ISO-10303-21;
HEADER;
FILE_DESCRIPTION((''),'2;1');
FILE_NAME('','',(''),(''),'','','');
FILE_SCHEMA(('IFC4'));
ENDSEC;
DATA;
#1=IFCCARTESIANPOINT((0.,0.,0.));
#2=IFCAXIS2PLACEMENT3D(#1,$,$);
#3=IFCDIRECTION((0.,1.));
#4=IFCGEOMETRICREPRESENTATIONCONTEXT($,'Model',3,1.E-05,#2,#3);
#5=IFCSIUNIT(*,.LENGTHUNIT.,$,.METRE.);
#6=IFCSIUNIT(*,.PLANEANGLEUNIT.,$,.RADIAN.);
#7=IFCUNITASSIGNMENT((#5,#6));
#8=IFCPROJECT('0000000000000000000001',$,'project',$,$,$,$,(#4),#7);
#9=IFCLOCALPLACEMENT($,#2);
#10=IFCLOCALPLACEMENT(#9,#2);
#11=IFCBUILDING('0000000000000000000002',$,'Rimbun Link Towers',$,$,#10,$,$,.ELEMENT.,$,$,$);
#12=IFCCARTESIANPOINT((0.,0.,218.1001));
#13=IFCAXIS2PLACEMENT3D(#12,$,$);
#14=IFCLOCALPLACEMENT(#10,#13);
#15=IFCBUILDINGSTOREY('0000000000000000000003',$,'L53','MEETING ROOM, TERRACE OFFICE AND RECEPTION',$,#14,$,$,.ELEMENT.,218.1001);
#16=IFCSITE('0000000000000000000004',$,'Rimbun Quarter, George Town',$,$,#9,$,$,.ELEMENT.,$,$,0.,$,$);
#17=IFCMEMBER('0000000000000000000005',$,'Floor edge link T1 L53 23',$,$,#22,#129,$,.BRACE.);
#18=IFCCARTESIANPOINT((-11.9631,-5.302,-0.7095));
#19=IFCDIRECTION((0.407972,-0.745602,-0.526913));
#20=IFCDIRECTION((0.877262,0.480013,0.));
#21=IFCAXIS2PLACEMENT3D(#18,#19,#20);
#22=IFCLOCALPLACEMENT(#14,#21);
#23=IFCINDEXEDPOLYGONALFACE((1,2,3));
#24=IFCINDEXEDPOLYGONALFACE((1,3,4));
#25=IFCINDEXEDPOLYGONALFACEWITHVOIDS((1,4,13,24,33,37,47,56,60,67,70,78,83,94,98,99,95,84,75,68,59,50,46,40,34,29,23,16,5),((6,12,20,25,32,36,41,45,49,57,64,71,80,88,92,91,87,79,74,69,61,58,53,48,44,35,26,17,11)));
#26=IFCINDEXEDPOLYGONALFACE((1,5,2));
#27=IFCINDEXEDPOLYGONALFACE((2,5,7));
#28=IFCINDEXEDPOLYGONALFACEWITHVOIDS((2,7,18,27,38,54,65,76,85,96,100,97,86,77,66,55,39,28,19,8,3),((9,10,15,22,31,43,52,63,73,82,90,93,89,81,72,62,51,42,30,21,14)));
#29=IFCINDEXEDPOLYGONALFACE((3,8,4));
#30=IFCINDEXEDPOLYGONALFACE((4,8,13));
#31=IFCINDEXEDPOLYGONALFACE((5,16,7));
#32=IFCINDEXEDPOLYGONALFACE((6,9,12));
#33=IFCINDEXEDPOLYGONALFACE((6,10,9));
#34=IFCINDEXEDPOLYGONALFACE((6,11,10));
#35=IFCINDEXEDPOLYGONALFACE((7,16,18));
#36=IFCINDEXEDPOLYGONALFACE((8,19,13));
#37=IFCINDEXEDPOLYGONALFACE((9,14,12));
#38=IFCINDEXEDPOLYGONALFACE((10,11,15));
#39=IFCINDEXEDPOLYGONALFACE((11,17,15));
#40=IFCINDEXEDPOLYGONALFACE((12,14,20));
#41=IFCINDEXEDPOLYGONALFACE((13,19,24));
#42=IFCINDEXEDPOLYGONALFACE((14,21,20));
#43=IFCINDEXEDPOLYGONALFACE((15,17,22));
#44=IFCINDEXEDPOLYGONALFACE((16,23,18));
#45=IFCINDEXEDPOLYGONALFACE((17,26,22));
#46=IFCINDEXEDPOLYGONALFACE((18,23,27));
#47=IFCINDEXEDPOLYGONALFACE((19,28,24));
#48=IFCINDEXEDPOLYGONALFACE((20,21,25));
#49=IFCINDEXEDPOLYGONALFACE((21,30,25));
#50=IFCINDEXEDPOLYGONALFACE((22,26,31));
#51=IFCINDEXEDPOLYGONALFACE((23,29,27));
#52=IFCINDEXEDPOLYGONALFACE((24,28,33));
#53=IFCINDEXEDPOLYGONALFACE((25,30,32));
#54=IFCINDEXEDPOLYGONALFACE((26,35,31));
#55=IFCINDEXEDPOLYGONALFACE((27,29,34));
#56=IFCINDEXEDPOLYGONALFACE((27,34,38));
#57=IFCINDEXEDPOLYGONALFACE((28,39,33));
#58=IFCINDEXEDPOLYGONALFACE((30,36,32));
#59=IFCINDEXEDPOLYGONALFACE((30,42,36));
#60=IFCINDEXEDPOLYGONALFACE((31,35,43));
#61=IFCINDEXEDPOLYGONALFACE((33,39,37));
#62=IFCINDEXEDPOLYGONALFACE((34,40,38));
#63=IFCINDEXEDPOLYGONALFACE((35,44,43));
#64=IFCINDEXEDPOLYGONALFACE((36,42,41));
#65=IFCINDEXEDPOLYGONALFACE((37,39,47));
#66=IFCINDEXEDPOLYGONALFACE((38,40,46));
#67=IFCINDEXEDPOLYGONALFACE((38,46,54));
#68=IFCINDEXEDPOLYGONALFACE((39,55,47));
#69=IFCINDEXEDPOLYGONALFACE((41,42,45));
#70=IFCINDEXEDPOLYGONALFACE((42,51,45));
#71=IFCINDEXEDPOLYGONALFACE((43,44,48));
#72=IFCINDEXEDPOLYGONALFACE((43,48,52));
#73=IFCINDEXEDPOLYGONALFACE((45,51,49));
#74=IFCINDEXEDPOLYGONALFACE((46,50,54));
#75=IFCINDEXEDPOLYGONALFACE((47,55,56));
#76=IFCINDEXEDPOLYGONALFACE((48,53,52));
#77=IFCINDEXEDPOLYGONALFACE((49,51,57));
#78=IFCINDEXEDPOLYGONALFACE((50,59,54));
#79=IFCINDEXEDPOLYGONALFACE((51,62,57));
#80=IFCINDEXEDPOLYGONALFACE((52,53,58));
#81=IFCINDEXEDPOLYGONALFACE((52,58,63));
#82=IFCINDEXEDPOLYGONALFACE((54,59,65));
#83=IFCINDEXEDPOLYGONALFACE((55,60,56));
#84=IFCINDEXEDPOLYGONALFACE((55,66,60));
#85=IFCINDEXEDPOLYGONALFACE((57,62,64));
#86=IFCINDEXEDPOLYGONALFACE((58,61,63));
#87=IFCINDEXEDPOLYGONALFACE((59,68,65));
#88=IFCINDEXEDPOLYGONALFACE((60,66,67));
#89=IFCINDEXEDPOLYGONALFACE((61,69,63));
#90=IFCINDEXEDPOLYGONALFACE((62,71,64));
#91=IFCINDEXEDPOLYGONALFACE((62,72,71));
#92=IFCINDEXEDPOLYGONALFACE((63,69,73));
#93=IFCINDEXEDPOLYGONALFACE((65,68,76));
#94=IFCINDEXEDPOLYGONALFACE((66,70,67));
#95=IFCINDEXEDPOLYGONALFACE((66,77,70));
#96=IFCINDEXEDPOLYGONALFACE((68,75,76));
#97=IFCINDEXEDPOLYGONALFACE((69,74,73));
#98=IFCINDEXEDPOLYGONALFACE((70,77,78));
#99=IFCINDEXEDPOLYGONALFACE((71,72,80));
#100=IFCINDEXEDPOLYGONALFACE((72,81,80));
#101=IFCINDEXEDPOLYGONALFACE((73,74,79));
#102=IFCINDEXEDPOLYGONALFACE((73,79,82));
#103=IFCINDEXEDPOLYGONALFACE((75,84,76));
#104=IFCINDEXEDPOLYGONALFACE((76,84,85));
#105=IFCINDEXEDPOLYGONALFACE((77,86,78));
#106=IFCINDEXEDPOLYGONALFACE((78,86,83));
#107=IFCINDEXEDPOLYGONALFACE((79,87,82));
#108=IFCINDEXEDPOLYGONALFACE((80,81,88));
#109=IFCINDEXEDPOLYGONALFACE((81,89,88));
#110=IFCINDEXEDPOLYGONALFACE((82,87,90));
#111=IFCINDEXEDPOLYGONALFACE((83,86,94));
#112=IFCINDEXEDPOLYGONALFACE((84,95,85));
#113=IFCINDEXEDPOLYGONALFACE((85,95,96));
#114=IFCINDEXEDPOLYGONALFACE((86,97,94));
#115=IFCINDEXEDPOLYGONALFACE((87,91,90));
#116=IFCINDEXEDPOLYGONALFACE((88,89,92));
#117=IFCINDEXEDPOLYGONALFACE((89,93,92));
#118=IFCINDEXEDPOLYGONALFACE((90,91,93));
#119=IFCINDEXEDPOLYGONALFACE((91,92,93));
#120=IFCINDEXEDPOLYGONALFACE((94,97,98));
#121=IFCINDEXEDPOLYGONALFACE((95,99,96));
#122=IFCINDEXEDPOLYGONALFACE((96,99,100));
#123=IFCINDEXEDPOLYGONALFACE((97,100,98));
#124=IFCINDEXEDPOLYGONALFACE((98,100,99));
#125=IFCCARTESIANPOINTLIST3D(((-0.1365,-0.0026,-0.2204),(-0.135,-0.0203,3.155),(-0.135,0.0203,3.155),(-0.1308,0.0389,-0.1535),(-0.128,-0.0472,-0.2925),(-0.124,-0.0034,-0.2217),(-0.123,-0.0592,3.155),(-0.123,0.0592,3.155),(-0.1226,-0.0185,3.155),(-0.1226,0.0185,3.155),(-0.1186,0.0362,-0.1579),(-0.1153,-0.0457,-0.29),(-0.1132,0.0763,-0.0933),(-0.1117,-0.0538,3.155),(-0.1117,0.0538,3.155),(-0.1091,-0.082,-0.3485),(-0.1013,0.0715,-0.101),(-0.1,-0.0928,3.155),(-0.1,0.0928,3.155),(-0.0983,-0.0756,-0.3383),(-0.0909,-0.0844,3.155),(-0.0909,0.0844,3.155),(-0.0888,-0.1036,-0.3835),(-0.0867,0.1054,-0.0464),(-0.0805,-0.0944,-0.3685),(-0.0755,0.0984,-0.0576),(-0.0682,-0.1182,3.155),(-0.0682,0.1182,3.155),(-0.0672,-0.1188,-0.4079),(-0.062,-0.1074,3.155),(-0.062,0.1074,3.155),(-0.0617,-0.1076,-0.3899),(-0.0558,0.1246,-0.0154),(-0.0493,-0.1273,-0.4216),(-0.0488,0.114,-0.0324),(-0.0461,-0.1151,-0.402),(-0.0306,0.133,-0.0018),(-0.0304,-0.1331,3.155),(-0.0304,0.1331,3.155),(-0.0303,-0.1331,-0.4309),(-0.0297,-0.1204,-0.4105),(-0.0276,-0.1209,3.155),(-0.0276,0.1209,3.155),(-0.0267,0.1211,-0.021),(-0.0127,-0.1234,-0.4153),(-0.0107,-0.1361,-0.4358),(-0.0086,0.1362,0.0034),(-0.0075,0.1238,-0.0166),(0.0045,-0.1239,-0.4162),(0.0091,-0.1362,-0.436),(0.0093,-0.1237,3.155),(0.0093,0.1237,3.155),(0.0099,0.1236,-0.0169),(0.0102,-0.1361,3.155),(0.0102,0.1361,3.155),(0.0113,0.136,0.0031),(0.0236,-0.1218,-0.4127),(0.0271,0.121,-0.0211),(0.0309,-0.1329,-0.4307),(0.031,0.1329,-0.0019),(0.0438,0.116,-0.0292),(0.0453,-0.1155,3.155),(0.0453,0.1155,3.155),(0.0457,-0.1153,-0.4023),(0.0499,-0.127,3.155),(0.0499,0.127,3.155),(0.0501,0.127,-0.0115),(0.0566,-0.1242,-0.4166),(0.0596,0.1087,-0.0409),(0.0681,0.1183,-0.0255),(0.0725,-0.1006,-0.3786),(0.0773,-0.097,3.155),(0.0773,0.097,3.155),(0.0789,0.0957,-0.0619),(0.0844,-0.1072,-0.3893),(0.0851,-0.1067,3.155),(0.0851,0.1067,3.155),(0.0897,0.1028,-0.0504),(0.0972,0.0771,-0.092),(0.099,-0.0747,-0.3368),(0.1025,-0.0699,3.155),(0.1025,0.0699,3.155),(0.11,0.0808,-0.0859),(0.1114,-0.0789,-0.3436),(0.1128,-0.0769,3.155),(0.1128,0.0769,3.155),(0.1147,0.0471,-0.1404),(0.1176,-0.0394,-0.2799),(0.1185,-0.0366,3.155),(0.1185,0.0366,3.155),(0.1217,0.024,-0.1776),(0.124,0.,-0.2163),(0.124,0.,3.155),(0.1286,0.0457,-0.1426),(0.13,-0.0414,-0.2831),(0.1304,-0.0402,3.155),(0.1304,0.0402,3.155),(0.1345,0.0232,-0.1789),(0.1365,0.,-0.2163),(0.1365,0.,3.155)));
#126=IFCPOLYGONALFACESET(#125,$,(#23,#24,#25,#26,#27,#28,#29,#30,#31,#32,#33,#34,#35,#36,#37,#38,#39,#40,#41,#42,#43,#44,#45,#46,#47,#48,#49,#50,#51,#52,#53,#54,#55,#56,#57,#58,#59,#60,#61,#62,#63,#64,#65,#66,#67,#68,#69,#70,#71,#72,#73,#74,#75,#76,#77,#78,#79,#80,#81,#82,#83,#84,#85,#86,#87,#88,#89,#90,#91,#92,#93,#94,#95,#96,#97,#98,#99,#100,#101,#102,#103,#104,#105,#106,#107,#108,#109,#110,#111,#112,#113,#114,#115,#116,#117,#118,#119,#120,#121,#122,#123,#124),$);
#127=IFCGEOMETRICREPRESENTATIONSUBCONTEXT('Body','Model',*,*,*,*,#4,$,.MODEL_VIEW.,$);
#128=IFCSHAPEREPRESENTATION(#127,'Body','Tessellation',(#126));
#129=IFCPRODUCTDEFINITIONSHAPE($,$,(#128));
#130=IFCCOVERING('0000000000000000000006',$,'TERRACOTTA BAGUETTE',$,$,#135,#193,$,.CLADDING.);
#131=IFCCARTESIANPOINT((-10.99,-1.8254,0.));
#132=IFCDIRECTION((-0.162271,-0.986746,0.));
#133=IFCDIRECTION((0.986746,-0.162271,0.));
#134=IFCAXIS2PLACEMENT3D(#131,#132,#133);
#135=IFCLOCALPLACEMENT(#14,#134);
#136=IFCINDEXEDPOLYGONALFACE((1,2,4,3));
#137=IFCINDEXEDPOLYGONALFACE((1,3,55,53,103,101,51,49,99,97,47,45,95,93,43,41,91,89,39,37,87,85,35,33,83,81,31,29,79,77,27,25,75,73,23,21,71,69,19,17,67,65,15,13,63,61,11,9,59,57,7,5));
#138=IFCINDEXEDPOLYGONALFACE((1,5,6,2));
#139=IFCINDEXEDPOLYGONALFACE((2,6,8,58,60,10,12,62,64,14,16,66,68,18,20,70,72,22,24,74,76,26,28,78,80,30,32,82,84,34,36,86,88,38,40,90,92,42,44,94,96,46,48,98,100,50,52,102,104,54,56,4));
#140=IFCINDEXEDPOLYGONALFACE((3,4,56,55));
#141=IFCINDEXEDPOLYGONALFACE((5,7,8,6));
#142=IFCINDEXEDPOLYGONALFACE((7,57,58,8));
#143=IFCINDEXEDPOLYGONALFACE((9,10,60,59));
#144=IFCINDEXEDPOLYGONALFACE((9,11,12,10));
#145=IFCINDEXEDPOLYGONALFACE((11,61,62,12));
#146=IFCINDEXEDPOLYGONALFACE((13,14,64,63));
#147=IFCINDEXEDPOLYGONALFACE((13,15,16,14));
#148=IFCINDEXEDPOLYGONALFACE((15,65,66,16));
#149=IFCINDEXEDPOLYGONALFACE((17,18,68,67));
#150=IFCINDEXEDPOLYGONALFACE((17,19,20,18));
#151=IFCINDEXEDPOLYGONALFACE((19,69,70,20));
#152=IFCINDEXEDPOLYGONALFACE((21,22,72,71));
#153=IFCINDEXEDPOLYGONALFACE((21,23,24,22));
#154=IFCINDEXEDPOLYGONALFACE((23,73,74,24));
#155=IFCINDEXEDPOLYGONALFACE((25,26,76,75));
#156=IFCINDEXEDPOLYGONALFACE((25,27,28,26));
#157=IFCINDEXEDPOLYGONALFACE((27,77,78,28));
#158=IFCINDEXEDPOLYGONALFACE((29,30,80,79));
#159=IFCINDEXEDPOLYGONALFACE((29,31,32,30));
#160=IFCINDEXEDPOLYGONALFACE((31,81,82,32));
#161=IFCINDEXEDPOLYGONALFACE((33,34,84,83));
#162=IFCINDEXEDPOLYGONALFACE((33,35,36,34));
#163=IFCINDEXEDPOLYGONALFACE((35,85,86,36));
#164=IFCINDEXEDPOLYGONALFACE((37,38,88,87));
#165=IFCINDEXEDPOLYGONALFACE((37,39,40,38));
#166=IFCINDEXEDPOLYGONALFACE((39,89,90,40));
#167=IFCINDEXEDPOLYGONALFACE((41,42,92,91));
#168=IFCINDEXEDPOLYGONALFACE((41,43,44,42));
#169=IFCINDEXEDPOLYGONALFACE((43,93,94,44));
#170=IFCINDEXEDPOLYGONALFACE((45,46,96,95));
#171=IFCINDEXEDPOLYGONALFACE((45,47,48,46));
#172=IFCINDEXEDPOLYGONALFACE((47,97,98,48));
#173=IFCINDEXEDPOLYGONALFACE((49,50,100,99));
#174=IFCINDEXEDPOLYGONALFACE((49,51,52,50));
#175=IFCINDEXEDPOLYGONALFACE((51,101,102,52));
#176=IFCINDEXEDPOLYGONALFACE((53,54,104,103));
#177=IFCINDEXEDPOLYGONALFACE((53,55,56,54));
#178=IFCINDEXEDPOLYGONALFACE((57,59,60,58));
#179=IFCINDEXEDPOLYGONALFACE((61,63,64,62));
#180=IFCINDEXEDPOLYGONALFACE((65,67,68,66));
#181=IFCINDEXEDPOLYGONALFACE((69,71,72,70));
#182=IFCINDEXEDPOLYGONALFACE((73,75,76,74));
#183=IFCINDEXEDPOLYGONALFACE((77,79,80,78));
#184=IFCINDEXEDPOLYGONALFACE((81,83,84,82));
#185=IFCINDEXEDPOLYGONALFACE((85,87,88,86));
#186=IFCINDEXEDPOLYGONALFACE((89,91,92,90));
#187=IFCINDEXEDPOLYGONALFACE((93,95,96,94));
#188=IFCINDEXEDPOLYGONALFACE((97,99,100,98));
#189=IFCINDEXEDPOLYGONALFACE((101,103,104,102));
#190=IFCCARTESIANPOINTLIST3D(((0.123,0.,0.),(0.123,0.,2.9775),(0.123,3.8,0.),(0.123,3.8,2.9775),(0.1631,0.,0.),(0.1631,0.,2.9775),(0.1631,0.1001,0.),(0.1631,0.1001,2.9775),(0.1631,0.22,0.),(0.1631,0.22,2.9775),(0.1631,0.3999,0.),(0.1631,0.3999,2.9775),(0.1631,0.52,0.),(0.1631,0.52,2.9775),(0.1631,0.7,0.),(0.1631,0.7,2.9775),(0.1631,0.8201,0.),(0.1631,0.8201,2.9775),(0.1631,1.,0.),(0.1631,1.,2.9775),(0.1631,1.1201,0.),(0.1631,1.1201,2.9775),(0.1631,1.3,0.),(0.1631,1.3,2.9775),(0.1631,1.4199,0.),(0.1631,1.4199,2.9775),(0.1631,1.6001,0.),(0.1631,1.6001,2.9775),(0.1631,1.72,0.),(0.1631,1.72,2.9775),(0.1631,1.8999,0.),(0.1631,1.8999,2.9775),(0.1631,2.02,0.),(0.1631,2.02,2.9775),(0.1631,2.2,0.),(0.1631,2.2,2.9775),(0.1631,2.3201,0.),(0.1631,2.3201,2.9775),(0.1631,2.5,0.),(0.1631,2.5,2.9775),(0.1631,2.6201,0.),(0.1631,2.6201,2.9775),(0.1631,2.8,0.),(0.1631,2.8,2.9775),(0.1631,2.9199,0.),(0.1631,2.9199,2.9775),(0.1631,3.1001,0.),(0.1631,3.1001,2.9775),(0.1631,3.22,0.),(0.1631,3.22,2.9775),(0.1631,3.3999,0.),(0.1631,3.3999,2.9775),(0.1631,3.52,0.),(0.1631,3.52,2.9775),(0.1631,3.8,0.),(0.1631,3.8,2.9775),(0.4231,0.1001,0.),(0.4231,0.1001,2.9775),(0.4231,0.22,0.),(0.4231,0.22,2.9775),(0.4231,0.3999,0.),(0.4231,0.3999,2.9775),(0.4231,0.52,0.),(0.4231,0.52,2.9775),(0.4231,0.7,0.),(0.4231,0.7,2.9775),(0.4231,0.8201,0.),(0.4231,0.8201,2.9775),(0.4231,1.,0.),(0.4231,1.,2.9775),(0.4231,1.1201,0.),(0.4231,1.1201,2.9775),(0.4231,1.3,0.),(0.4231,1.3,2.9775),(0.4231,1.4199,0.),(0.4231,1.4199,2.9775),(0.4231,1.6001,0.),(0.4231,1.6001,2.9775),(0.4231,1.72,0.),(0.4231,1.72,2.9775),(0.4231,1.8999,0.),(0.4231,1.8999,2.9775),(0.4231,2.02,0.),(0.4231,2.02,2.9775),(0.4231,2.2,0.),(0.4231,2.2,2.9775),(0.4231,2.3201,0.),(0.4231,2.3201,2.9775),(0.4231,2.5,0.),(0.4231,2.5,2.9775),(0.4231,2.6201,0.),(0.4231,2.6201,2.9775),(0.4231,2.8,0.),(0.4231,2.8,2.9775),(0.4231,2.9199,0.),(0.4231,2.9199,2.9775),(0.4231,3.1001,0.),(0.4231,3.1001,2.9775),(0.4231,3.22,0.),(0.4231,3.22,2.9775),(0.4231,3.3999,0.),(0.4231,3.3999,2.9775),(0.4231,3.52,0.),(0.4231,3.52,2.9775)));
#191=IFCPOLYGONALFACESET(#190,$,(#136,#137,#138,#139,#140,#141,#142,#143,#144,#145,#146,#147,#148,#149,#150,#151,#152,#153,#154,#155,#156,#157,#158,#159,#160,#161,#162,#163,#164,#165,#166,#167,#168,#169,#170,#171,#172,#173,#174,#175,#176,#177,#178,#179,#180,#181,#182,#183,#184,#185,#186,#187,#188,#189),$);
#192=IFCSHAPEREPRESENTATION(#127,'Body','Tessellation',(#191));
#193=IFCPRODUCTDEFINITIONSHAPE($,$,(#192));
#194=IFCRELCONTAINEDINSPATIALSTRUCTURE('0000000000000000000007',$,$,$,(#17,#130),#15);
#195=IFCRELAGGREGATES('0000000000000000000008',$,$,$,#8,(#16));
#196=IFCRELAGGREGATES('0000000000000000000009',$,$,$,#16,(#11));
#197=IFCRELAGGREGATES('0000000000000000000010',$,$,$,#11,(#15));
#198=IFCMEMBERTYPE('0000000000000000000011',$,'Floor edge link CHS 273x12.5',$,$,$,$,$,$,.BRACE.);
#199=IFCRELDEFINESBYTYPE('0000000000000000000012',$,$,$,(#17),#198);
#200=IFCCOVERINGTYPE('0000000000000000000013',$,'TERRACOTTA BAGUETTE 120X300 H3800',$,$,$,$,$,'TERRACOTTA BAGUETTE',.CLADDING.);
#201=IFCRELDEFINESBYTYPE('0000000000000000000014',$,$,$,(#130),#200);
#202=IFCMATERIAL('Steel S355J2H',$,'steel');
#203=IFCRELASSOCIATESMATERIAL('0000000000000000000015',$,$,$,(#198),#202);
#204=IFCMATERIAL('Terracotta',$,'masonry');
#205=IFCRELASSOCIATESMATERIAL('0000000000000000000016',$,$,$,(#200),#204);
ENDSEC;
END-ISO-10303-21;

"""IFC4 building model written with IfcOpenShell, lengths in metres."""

from ifc_helpers import new_model, si_unit, direction, frame, origin, origin_2d, place, context, subcontext, project, spatial, polyline, hollow_circle, outline, extrude, clip, halfspace, material, material_profile, profile_set, type_object, element, save


model = new_model("IFC4")

# Units and contexts
model_context = context("Model", 3, precision=1e-05, world=origin(), true_north=direction((0.0, 1.0)))
body_context = subcontext(model_context, "Body", "Model", "MODEL_VIEW")
ifc_project = project(units=[si_unit("LENGTHUNIT", "METRE"), si_unit("PLANEANGLEUNIT", "RADIAN")], contexts=[model_context])

# Site, building, storey
site_placement = place(None, origin())
site = spatial("IfcSite", under=ifc_project, at=site_placement, Name="Rimbun Quarter, George Town", CompositionType="ELEMENT", RefElevation=0.0)
building_placement = place(site_placement, origin())
building = spatial("IfcBuilding", under=site, at=building_placement, Name="Rimbun Link Towers", CompositionType="ELEMENT")
storey_placement = place(building_placement, frame((0.0, 0.0, 218.1001)))
storey = spatial("IfcBuildingStorey", under=building, at=storey_placement, Name="L53", Description="MEETING ROOM, TERRACE OFFICE AND RECEPTION", CompositionType="ELEMENT", Elevation=218.1001)

# Member
ifc_material_1 = material(Name="Steel S355J2H", Category="steel")
ifc_material_profile_1 = material_profile(ifc_material_1, hollow_circle(Radius=0.1365, WallThickness=0.0125, at=origin_2d()), Name="CHS 273x12.5")
ifc_profile_set_1 = profile_set([ifc_material_profile_1], Name="Steel S355J2H")
member_type_1 = type_object("IfcMemberType", Name="Floor edge link CHS 273x12.5", PredefinedType="BRACE", material=ifc_profile_set_1)
member_1_placement = place(storey_placement, frame((-11.9631, -5.302, -0.7095), z_axis=(0.407972, -0.745602, -0.526913), x_axis=(0.877262, 0.480013, 0.0)))
element("IfcMember", 1, at=member_1_placement, inside=storey, type_object=member_type_1, Name="Floor edge link T1 L53 23", PredefinedType="BRACE", context=body_context, shape_type="Clipping", body=[
    clip(extrude(hollow_circle(Radius=0.1365, WallThickness=0.0125, at=origin_2d()), frame((0.0, 0.0, -0.4592)), (0.0, 0.0, 1.0), 3.6143), halfspace(frame((0.0, 0.0, -0.2163), z_axis=(0.0, 0.84992, -0.526913)), False)),
])

# Covering
ifc_material_2 = material(Name="Terracotta", Category="masonry")
ifc_material_profile_2 = material_profile(ifc_material_2, outline(polyline([(0.123, 0.0), (0.1631, 0.0), (0.1631, 0.1001), (0.4231, 0.1001), (0.4231, 0.22), (0.1631, 0.22), (0.1631, 0.3999), (0.4231, 0.3999), (0.4231, 0.52), (0.1631, 0.52), (0.1631, 0.7), (0.4231, 0.7), (0.4231, 0.8201), (0.1631, 0.8201), (0.1631, 1.0), (0.4231, 1.0), (0.4231, 1.1201), (0.1631, 1.1201), (0.1631, 1.3), (0.4231, 1.3), (0.4231, 1.4199), (0.1631, 1.4199), (0.1631, 1.6001), (0.4231, 1.6001), (0.4231, 1.72), (0.1631, 1.72), (0.1631, 1.8999), (0.4231, 1.8999), (0.4231, 2.02), (0.1631, 2.02), (0.1631, 2.2), (0.4231, 2.2), (0.4231, 2.3201), (0.1631, 2.3201), (0.1631, 2.5), (0.4231, 2.5), (0.4231, 2.6201), (0.1631, 2.6201), (0.1631, 2.8), (0.4231, 2.8), (0.4231, 2.9199), (0.1631, 2.9199), (0.1631, 3.1001), (0.4231, 3.1001), (0.4231, 3.22), (0.1631, 3.22), (0.1631, 3.3999), (0.4231, 3.3999), (0.4231, 3.52), (0.1631, 3.52), (0.1631, 3.8), (0.123, 3.8), (0.123, 0.0)])), Name="BAGUETTE 120X300")
ifc_profile_set_2 = profile_set([ifc_material_profile_2], Name="Terracotta")
covering_type = type_object("IfcCoveringType", Name="TERRACOTTA BAGUETTE 120X300 H3800", ElementType="TERRACOTTA BAGUETTE", PredefinedType="CLADDING", material=ifc_profile_set_2)
covering_placement = place(storey_placement, frame((-10.99, -1.8254, 0.0), z_axis=(-0.162271, -0.986746, 0.0), x_axis=(0.986746, -0.162271, 0.0)))
element("IfcCovering", 2, at=covering_placement, inside=storey, type_object=covering_type, Name="TERRACOTTA BAGUETTE", PredefinedType="CLADDING", context=body_context, shape_type="SweptSolid", body=[
    extrude(outline(polyline([(0.123, 0.0), (0.1631, 0.0), (0.1631, 0.1001), (0.4231, 0.1001), (0.4231, 0.22), (0.1631, 0.22), (0.1631, 0.3999), (0.4231, 0.3999), (0.4231, 0.52), (0.1631, 0.52), (0.1631, 0.7), (0.4231, 0.7), (0.4231, 0.8201), (0.1631, 0.8201), (0.1631, 1.0), (0.4231, 1.0), (0.4231, 1.1201), (0.1631, 1.1201), (0.1631, 1.3), (0.4231, 1.3), (0.4231, 1.4199), (0.1631, 1.4199), (0.1631, 1.6001), (0.4231, 1.6001), (0.4231, 1.72), (0.1631, 1.72), (0.1631, 1.8999), (0.4231, 1.8999), (0.4231, 2.02), (0.1631, 2.02), (0.1631, 2.2), (0.4231, 2.2), (0.4231, 2.3201), (0.1631, 2.3201), (0.1631, 2.5), (0.4231, 2.5), (0.4231, 2.6201), (0.1631, 2.6201), (0.1631, 2.8), (0.4231, 2.8), (0.4231, 2.9199), (0.1631, 2.9199), (0.1631, 3.1001), (0.4231, 3.1001), (0.4231, 3.22), (0.1631, 3.22), (0.1631, 3.3999), (0.4231, 3.3999), (0.4231, 3.52), (0.1631, 3.52), (0.1631, 3.8), (0.123, 3.8), (0.123, 0.0)])), origin(), (0.0, 0.0, 1.0), 2.9775),
])

save(model, "model.ifc")
